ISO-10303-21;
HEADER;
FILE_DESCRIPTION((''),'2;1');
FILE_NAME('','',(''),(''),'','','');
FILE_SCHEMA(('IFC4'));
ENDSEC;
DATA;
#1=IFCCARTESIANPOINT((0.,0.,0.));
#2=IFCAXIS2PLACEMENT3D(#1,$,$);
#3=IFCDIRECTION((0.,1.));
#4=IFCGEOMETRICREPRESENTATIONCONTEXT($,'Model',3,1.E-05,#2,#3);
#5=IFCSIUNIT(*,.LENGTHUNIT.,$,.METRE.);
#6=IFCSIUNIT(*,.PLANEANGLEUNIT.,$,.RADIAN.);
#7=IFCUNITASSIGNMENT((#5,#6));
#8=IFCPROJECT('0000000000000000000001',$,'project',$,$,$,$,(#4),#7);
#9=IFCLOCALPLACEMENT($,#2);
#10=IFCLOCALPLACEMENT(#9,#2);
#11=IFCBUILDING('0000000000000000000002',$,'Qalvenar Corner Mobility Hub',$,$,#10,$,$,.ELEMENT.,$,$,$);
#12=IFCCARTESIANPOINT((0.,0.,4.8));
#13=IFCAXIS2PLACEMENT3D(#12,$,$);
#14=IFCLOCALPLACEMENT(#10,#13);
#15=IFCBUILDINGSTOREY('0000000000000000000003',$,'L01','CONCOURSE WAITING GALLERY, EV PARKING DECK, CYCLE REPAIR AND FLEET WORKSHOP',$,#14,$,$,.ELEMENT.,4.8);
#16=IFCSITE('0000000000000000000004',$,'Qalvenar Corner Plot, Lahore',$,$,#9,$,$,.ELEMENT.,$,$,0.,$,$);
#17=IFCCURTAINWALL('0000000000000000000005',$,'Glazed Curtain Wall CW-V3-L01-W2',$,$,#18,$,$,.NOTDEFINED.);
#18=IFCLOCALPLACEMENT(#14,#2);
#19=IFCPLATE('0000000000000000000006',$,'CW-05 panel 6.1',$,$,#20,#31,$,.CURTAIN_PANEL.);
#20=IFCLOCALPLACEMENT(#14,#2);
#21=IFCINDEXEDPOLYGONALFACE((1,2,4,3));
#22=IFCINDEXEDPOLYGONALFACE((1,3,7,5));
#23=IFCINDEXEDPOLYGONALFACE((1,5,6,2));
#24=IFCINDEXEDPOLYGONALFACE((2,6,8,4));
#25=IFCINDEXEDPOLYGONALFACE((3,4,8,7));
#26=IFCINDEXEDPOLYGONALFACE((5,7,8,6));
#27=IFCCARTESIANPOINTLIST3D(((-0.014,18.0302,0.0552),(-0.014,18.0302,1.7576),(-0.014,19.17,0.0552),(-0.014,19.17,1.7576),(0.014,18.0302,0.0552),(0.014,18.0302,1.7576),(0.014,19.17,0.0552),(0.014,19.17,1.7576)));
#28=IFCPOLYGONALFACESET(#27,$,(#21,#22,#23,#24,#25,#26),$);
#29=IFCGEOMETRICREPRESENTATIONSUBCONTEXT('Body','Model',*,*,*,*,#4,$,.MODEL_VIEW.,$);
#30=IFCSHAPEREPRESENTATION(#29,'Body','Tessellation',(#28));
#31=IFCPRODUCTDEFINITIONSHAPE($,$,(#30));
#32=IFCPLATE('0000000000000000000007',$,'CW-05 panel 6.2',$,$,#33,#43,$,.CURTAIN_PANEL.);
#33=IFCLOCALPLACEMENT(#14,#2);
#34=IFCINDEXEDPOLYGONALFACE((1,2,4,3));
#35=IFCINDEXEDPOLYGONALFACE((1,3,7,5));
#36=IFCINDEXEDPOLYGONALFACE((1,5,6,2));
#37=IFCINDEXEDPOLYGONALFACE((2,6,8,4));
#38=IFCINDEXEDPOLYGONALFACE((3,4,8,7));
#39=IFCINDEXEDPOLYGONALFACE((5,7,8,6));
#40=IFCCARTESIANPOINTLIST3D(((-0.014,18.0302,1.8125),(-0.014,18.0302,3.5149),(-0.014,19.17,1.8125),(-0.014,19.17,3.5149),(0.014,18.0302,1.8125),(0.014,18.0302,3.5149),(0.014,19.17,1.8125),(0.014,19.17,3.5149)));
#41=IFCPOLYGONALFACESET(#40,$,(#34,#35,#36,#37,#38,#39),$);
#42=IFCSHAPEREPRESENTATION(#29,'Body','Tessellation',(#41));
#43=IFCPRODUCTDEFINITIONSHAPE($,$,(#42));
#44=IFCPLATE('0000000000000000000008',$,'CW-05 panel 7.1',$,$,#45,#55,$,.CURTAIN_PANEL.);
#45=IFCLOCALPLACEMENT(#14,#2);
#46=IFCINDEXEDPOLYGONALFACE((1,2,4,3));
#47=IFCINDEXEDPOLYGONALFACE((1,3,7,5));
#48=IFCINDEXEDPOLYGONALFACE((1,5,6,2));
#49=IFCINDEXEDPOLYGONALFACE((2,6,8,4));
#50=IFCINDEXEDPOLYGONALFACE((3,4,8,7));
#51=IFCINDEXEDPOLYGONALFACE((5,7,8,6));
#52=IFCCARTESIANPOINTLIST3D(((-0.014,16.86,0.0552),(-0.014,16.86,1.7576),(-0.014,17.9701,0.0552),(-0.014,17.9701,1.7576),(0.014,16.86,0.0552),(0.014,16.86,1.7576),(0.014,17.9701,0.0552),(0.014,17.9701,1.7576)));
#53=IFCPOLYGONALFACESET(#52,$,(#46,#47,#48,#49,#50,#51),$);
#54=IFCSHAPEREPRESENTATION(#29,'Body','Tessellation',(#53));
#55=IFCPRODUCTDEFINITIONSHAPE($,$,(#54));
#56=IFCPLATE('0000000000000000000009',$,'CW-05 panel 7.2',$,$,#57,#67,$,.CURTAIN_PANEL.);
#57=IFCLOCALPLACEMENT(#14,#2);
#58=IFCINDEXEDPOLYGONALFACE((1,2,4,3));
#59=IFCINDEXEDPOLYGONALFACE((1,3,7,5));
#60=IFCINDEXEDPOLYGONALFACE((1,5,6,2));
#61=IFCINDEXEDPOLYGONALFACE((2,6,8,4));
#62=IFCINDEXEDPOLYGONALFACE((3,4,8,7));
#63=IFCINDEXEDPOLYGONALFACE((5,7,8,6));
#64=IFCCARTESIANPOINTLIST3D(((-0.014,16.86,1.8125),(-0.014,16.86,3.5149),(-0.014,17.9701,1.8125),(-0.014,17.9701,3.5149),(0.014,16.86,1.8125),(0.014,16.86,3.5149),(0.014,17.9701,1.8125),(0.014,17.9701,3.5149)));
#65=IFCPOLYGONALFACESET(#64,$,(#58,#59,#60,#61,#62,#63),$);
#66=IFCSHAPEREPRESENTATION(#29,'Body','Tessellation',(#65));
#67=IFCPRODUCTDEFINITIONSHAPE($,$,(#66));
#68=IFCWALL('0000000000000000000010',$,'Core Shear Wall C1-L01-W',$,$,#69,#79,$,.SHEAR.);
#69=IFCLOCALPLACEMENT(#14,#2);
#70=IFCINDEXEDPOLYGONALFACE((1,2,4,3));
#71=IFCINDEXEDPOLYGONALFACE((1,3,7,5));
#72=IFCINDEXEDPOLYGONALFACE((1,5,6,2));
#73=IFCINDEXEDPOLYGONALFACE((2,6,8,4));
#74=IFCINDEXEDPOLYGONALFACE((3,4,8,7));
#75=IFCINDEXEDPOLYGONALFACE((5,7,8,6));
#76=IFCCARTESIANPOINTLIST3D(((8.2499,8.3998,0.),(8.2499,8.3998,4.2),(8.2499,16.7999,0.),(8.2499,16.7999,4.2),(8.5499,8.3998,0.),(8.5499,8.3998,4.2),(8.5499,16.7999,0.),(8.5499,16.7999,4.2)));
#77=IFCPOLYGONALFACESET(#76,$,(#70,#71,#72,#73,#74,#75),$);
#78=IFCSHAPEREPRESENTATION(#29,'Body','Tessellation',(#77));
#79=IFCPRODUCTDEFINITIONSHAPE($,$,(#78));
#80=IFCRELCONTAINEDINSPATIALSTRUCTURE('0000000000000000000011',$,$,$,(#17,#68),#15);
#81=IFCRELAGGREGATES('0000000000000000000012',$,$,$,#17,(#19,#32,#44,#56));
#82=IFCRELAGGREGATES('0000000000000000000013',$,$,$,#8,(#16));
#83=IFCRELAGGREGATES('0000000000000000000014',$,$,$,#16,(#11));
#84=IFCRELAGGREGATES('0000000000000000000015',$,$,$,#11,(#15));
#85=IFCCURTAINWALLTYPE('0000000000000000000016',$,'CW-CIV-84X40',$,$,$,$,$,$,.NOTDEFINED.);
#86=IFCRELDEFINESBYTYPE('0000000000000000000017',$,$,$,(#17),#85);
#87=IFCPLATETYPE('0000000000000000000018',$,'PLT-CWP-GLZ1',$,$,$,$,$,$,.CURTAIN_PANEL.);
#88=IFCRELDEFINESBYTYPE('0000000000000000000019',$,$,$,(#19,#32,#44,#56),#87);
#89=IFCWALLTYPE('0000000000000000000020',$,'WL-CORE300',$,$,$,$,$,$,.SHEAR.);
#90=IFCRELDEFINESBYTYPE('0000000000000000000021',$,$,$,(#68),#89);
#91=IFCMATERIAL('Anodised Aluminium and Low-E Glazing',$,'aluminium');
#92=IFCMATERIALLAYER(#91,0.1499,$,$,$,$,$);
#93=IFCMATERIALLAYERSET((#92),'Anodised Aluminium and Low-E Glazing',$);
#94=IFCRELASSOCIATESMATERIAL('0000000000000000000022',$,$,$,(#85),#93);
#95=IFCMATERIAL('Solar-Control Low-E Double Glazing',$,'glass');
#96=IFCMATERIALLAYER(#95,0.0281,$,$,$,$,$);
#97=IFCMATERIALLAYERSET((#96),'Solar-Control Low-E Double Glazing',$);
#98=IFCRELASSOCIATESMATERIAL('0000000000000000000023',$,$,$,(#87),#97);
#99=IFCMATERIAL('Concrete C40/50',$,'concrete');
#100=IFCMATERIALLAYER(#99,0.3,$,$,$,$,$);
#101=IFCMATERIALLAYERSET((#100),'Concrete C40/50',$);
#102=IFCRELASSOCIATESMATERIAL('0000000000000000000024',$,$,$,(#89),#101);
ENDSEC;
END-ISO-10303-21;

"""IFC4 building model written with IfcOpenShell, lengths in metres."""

from ifc_helpers import new_model, si_unit, direction, frame, frame_2d, origin, origin_2d, place, context, subcontext, project, spatial, rectangle, extrude, material, layer, layer_set, type_object, element, aggregate, save


model = new_model("IFC4")

# Units and contexts
model_context = context("Model", 3, precision=1e-05, world=origin(), true_north=direction((0.0, 1.0)))
body_context = subcontext(model_context, "Body", "Model", "MODEL_VIEW")
ifc_project = project(units=[si_unit("LENGTHUNIT", "METRE"), si_unit("PLANEANGLEUNIT", "RADIAN")], contexts=[model_context])

# Site, building, storey
site_placement = place(None, origin())
site = spatial("IfcSite", under=ifc_project, at=site_placement, Name="Qalvenar Corner Plot, Lahore", CompositionType="ELEMENT", RefElevation=0.0)
building_placement = place(site_placement, origin())
building = spatial("IfcBuilding", under=site, at=building_placement, Name="Qalvenar Corner Mobility Hub", CompositionType="ELEMENT")
storey_placement = place(building_placement, frame((0.0, 0.0, 4.8)))
storey = spatial("IfcBuildingStorey", under=building, at=storey_placement, Name="L01", Description="CONCOURSE WAITING GALLERY, EV PARKING DECK, CYCLE REPAIR AND FLEET WORKSHOP", CompositionType="ELEMENT", Elevation=4.8)

# Curtain wall, plates
ifc_material_1 = material(Name="Anodised Aluminium and Low-E Glazing", Category="aluminium")
ifc_layer_1 = layer(ifc_material_1, 0.1499)
ifc_layer_set_1 = layer_set([ifc_layer_1], Name="Anodised Aluminium and Low-E Glazing")
curtain_wall_type = type_object("IfcCurtainWallType", Name="CW-CIV-84X40", PredefinedType="NOTDEFINED", material=ifc_layer_set_1)
curtain_wall_placement = place(storey_placement, origin())
curtain_wall = element("IfcCurtainWall", 1, at=curtain_wall_placement, inside=storey, type_object=curtain_wall_type, Name="Glazed Curtain Wall CW-V3-L01-W2", PredefinedType="NOTDEFINED")
ifc_material_2 = material(Name="Solar-Control Low-E Double Glazing", Category="glass")
ifc_layer_2 = layer(ifc_material_2, 0.0281)
ifc_layer_set_2 = layer_set([ifc_layer_2], Name="Solar-Control Low-E Double Glazing")
plate_type = type_object("IfcPlateType", Name="PLT-CWP-GLZ1", PredefinedType="CURTAIN_PANEL", material=ifc_layer_set_2)
plate_1_placement = place(storey_placement, frame((0.0, 18.6001, 0.0552), z_axis=(0.0, 0.0, 1.0), x_axis=(0.0, -1.0, 0.0)))
plate_1 = element("IfcPlate", 2, at=plate_1_placement, type_object=plate_type, Name="CW-05 panel 6.1", PredefinedType="CURTAIN_PANEL", context=body_context, shape_type="SweptSolid", body=[
    extrude(rectangle(XDim=1.1399, YDim=0.0281, at=origin_2d()), origin(), (0.0, 0.0, 1.0), 1.7024),
])
plate_2_placement = place(storey_placement, frame((0.0, 18.6001, 1.8125), z_axis=(0.0, 0.0, 1.0), x_axis=(0.0, -1.0, 0.0)))
plate_2 = element("IfcPlate", 3, at=plate_2_placement, type_object=plate_type, Name="CW-05 panel 6.2", PredefinedType="CURTAIN_PANEL", context=body_context, shape_type="SweptSolid", body=[
    extrude(rectangle(XDim=1.1399, YDim=0.0281, at=origin_2d()), origin(), (0.0, 0.0, 1.0), 1.7024),
])
plate_3_placement = place(storey_placement, frame((0.0, 17.415, 0.0552), z_axis=(0.0, 0.0, 1.0), x_axis=(0.0, -1.0, 0.0)))
plate_3 = element("IfcPlate", 4, at=plate_3_placement, type_object=plate_type, Name="CW-05 panel 7.1", PredefinedType="CURTAIN_PANEL", context=body_context, shape_type="SweptSolid", body=[
    extrude(rectangle(XDim=1.1101, YDim=0.0281, at=origin_2d()), origin(), (0.0, 0.0, 1.0), 1.7024),
])
plate_4_placement = place(storey_placement, frame((0.0, 17.415, 1.8125), z_axis=(0.0, 0.0, 1.0), x_axis=(0.0, -1.0, 0.0)))
plate_4 = element("IfcPlate", 5, at=plate_4_placement, type_object=plate_type, Name="CW-05 panel 7.2", PredefinedType="CURTAIN_PANEL", context=body_context, shape_type="SweptSolid", body=[
    extrude(rectangle(XDim=1.1101, YDim=0.0281, at=origin_2d()), origin(), (0.0, 0.0, 1.0), 1.7024),
])
aggregate(curtain_wall, [plate_1, plate_2, plate_3, plate_4])

# Wall
ifc_material_3 = material(Name="Concrete C40/50", Category="concrete")
ifc_layer_3 = layer(ifc_material_3, 0.3)
ifc_layer_set_3 = layer_set([ifc_layer_3], Name="Concrete C40/50")
wall_type = type_object("IfcWallType", Name="WL-CORE300", PredefinedType="SHEAR", material=ifc_layer_set_3)
wall_placement = place(storey_placement, frame((8.3999, 16.8, 0.0), z_axis=(0.0, 0.0, 1.0), x_axis=(0.0, -1.0, 0.0)))
element("IfcWall", 6, at=wall_placement, inside=storey, type_object=wall_type, Name="Core Shear Wall C1-L01-W", PredefinedType="SHEAR", context=body_context, shape_type="SweptSolid", body=[
    extrude(rectangle(XDim=8.4001, YDim=0.3, at=frame_2d((4.2002, 0.0))), origin(), (0.0, 0.0, 1.0), 4.2),
])

save(model, "model.ifc")
